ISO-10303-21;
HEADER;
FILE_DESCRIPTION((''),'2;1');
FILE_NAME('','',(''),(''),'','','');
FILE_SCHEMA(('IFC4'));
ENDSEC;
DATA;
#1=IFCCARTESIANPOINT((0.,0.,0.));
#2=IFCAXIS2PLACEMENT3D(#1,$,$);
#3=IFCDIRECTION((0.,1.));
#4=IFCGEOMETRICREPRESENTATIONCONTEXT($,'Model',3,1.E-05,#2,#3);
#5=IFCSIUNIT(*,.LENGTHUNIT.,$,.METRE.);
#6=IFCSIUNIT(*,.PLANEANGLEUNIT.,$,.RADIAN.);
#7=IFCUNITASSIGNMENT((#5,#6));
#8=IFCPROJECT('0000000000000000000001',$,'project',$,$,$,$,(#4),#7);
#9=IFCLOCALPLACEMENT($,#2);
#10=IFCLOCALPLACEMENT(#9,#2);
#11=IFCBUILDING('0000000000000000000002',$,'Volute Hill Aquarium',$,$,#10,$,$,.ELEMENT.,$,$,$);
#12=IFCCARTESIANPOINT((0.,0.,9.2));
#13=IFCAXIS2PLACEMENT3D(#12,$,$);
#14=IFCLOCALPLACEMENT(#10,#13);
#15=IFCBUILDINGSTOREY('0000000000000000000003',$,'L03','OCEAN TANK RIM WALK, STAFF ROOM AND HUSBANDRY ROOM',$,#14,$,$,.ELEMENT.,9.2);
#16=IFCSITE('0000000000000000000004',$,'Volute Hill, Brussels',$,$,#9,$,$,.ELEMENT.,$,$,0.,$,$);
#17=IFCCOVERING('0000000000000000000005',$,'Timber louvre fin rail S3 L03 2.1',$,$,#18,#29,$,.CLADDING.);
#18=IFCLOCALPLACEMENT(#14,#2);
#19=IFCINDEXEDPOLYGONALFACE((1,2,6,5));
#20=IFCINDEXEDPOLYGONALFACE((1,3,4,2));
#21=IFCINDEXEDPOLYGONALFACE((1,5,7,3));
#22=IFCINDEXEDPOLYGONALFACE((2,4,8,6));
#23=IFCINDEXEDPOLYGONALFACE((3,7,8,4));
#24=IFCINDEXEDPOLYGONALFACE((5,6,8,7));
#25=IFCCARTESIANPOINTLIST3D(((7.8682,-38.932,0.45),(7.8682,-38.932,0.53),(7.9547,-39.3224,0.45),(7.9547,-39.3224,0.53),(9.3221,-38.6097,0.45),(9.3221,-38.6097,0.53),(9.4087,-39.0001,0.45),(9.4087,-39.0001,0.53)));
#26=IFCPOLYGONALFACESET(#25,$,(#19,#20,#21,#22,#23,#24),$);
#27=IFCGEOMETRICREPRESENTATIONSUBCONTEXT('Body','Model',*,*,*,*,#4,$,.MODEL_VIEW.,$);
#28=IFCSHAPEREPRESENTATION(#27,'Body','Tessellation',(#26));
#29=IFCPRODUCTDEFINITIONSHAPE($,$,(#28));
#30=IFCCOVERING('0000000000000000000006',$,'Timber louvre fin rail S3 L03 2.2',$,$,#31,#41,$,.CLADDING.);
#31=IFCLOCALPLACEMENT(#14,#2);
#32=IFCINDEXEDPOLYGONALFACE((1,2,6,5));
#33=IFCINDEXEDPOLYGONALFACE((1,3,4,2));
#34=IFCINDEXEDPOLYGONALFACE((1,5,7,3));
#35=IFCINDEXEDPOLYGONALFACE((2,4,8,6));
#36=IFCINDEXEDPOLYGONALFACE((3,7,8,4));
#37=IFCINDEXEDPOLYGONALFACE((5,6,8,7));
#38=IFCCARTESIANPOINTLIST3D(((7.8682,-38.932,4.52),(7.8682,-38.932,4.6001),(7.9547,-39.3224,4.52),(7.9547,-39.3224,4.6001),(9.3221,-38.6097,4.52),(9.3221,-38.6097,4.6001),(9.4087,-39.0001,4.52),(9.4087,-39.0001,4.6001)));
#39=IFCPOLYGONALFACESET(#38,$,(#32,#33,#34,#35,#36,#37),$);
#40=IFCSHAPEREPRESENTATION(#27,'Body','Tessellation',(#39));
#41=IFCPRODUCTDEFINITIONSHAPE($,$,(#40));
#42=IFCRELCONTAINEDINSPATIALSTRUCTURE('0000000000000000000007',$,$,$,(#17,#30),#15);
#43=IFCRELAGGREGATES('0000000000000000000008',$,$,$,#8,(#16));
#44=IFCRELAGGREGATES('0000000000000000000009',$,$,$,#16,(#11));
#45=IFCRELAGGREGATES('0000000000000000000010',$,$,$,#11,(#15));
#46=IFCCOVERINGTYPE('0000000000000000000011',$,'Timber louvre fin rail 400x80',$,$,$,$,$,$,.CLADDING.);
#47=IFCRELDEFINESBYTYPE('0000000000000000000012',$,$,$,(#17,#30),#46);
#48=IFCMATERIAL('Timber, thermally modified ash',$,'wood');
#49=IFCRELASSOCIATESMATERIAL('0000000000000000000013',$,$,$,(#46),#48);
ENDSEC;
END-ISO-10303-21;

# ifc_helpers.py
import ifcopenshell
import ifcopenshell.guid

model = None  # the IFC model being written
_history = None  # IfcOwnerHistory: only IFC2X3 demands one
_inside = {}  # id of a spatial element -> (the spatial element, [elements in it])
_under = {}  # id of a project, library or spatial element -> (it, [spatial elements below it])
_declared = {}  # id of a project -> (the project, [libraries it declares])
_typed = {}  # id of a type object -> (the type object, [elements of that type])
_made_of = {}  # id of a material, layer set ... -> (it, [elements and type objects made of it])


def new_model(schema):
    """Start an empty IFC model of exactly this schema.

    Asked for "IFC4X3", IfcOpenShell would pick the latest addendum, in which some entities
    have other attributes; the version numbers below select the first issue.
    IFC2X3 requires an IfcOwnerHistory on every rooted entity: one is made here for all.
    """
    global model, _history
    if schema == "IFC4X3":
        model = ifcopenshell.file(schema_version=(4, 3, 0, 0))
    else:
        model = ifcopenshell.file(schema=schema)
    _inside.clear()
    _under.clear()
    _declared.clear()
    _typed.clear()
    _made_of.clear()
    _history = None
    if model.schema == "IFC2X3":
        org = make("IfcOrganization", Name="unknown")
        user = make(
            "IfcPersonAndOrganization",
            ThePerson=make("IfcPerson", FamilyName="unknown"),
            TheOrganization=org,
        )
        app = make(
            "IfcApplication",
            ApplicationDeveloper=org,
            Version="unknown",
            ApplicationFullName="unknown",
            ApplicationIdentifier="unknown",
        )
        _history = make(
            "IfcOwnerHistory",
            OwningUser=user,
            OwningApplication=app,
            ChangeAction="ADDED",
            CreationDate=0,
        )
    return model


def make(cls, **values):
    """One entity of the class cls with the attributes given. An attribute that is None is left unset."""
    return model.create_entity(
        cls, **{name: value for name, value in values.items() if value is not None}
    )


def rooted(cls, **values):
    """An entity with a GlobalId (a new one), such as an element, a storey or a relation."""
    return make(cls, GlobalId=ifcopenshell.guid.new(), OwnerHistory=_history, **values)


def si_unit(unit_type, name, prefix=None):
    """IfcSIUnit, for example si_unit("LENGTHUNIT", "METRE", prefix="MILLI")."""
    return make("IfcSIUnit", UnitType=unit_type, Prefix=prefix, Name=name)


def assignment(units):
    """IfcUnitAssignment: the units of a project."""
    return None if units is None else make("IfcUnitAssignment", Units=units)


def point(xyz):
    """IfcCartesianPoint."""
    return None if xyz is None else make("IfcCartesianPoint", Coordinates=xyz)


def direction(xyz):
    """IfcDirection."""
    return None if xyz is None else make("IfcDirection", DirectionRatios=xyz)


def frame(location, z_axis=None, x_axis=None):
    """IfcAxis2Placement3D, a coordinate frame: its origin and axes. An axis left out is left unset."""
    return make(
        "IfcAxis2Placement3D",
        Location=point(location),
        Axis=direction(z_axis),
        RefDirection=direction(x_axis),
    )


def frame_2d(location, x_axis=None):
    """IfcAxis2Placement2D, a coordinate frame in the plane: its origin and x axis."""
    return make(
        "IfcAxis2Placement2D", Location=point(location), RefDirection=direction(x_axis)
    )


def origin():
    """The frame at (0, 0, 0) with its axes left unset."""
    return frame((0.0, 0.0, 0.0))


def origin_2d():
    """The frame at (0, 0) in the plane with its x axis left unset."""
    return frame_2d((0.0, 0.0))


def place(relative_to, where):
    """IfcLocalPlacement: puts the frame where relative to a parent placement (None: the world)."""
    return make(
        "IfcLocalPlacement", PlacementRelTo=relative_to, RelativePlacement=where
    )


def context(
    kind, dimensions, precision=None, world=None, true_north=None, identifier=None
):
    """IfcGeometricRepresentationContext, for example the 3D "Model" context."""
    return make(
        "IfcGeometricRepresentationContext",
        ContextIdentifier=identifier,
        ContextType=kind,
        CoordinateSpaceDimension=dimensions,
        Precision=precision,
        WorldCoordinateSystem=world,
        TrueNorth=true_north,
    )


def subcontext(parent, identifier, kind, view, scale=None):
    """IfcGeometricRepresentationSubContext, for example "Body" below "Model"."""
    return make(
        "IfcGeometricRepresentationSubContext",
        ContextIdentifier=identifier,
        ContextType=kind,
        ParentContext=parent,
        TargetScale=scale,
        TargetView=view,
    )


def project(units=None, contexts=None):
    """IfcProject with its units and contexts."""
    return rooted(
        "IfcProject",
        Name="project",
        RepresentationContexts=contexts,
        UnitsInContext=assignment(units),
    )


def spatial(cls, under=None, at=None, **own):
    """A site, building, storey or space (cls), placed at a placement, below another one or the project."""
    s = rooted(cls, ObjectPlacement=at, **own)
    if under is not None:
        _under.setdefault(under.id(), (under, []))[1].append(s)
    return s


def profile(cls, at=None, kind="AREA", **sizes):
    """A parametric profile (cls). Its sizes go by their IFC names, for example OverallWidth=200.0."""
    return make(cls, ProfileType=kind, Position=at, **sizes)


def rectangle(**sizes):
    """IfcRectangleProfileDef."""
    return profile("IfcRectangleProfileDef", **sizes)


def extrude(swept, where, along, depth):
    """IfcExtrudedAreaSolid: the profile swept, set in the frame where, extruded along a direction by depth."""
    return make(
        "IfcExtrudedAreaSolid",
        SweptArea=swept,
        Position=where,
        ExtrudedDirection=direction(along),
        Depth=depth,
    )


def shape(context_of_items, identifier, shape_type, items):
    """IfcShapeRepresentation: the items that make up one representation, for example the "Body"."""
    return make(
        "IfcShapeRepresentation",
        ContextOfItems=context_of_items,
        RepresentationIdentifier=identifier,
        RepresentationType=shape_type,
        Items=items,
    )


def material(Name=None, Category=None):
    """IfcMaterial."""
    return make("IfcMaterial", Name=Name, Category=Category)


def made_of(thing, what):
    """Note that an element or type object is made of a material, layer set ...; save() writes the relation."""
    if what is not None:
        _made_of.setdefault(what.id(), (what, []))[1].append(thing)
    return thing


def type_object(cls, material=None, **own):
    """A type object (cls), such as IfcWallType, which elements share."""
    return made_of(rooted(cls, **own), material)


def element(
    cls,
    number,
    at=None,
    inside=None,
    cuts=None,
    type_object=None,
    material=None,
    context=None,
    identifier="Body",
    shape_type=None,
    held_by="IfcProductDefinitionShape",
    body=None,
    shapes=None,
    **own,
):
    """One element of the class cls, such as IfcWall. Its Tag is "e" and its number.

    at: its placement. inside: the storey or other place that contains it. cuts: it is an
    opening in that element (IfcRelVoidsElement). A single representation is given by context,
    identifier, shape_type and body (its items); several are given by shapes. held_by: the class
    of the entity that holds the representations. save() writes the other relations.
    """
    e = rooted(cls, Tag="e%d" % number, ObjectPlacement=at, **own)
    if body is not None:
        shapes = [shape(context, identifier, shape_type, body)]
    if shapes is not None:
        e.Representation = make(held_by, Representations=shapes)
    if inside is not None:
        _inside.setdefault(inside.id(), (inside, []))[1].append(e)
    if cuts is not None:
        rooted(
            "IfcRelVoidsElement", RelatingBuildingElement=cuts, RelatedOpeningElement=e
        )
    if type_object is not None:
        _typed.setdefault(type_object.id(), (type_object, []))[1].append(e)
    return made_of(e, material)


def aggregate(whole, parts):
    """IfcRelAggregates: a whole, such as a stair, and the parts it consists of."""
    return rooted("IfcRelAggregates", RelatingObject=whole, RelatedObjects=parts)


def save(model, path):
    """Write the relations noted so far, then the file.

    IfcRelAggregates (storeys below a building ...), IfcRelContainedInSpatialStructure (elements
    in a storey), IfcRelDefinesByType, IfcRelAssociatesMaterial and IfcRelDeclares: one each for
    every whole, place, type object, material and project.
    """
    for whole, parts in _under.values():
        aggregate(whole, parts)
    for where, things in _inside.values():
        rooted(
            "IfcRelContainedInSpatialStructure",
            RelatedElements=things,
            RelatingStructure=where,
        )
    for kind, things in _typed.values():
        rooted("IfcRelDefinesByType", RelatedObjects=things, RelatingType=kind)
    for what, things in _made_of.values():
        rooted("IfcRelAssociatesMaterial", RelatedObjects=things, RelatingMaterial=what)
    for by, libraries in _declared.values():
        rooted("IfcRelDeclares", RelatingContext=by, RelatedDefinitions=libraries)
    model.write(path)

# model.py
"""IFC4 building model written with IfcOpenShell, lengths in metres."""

from ifc_helpers import new_model, si_unit, direction, frame, origin, origin_2d, place, context, subcontext, project, spatial, rectangle, extrude, material, type_object, element, save


model = new_model("IFC4")

# Units and contexts
model_context = context("Model", 3, precision=1e-05, world=origin(), true_north=direction((0.0, 1.0)))
body_context = subcontext(model_context, "Body", "Model", "MODEL_VIEW")
ifc_project = project(units=[si_unit("LENGTHUNIT", "METRE"), si_unit("PLANEANGLEUNIT", "RADIAN")], contexts=[model_context])

# Site, building, storey
site_placement = place(None, origin())
site = spatial("IfcSite", under=ifc_project, at=site_placement, Name="Volute Hill, Brussels", CompositionType="ELEMENT", RefElevation=0.0)
building_placement = place(site_placement, origin())
building = spatial("IfcBuilding", under=site, at=building_placement, Name="Volute Hill Aquarium", CompositionType="ELEMENT")
storey_placement = place(building_placement, frame((0.0, 0.0, 9.2)))
storey = spatial("IfcBuildingStorey", under=building, at=storey_placement, Name="L03", Description="OCEAN TANK RIM WALK, STAFF ROOM AND HUSBANDRY ROOM", CompositionType="ELEMENT", Elevation=9.2)

# Coverings
ifc_material_1 = material(Name="Timber, thermally modified ash", Category="wood")
covering_type_1 = type_object("IfcCoveringType", Name="Timber louvre fin rail 400x80", PredefinedType="CLADDING", material=ifc_material_1)
for number, where, z_axis, x_axis, name in (
    (1, (8.6384, -38.9661, 0.45), (0.0, 0.0, 1.0), (0.976297, 0.216435, 0.0), "Timber louvre fin rail S3 L03 2.1"),
    (2, (8.6384, -38.9661, 4.52), (0.0, 0.0, 1.0), (0.976297, 0.216435, 0.0), "Timber louvre fin rail S3 L03 2.2"),
):
    element("IfcCovering", number, at=place(storey_placement, frame(where, z_axis=z_axis, x_axis=x_axis)), inside=storey, type_object=covering_type_1, Name=name, PredefinedType="CLADDING", context=body_context, shape_type="SweptSolid", body=[
        extrude(rectangle(XDim=1.4893, YDim=0.3999, at=origin_2d()), origin(), (0.0, 0.0, 1.0), 0.0801),
    ])

save(model, "model.ifc")
